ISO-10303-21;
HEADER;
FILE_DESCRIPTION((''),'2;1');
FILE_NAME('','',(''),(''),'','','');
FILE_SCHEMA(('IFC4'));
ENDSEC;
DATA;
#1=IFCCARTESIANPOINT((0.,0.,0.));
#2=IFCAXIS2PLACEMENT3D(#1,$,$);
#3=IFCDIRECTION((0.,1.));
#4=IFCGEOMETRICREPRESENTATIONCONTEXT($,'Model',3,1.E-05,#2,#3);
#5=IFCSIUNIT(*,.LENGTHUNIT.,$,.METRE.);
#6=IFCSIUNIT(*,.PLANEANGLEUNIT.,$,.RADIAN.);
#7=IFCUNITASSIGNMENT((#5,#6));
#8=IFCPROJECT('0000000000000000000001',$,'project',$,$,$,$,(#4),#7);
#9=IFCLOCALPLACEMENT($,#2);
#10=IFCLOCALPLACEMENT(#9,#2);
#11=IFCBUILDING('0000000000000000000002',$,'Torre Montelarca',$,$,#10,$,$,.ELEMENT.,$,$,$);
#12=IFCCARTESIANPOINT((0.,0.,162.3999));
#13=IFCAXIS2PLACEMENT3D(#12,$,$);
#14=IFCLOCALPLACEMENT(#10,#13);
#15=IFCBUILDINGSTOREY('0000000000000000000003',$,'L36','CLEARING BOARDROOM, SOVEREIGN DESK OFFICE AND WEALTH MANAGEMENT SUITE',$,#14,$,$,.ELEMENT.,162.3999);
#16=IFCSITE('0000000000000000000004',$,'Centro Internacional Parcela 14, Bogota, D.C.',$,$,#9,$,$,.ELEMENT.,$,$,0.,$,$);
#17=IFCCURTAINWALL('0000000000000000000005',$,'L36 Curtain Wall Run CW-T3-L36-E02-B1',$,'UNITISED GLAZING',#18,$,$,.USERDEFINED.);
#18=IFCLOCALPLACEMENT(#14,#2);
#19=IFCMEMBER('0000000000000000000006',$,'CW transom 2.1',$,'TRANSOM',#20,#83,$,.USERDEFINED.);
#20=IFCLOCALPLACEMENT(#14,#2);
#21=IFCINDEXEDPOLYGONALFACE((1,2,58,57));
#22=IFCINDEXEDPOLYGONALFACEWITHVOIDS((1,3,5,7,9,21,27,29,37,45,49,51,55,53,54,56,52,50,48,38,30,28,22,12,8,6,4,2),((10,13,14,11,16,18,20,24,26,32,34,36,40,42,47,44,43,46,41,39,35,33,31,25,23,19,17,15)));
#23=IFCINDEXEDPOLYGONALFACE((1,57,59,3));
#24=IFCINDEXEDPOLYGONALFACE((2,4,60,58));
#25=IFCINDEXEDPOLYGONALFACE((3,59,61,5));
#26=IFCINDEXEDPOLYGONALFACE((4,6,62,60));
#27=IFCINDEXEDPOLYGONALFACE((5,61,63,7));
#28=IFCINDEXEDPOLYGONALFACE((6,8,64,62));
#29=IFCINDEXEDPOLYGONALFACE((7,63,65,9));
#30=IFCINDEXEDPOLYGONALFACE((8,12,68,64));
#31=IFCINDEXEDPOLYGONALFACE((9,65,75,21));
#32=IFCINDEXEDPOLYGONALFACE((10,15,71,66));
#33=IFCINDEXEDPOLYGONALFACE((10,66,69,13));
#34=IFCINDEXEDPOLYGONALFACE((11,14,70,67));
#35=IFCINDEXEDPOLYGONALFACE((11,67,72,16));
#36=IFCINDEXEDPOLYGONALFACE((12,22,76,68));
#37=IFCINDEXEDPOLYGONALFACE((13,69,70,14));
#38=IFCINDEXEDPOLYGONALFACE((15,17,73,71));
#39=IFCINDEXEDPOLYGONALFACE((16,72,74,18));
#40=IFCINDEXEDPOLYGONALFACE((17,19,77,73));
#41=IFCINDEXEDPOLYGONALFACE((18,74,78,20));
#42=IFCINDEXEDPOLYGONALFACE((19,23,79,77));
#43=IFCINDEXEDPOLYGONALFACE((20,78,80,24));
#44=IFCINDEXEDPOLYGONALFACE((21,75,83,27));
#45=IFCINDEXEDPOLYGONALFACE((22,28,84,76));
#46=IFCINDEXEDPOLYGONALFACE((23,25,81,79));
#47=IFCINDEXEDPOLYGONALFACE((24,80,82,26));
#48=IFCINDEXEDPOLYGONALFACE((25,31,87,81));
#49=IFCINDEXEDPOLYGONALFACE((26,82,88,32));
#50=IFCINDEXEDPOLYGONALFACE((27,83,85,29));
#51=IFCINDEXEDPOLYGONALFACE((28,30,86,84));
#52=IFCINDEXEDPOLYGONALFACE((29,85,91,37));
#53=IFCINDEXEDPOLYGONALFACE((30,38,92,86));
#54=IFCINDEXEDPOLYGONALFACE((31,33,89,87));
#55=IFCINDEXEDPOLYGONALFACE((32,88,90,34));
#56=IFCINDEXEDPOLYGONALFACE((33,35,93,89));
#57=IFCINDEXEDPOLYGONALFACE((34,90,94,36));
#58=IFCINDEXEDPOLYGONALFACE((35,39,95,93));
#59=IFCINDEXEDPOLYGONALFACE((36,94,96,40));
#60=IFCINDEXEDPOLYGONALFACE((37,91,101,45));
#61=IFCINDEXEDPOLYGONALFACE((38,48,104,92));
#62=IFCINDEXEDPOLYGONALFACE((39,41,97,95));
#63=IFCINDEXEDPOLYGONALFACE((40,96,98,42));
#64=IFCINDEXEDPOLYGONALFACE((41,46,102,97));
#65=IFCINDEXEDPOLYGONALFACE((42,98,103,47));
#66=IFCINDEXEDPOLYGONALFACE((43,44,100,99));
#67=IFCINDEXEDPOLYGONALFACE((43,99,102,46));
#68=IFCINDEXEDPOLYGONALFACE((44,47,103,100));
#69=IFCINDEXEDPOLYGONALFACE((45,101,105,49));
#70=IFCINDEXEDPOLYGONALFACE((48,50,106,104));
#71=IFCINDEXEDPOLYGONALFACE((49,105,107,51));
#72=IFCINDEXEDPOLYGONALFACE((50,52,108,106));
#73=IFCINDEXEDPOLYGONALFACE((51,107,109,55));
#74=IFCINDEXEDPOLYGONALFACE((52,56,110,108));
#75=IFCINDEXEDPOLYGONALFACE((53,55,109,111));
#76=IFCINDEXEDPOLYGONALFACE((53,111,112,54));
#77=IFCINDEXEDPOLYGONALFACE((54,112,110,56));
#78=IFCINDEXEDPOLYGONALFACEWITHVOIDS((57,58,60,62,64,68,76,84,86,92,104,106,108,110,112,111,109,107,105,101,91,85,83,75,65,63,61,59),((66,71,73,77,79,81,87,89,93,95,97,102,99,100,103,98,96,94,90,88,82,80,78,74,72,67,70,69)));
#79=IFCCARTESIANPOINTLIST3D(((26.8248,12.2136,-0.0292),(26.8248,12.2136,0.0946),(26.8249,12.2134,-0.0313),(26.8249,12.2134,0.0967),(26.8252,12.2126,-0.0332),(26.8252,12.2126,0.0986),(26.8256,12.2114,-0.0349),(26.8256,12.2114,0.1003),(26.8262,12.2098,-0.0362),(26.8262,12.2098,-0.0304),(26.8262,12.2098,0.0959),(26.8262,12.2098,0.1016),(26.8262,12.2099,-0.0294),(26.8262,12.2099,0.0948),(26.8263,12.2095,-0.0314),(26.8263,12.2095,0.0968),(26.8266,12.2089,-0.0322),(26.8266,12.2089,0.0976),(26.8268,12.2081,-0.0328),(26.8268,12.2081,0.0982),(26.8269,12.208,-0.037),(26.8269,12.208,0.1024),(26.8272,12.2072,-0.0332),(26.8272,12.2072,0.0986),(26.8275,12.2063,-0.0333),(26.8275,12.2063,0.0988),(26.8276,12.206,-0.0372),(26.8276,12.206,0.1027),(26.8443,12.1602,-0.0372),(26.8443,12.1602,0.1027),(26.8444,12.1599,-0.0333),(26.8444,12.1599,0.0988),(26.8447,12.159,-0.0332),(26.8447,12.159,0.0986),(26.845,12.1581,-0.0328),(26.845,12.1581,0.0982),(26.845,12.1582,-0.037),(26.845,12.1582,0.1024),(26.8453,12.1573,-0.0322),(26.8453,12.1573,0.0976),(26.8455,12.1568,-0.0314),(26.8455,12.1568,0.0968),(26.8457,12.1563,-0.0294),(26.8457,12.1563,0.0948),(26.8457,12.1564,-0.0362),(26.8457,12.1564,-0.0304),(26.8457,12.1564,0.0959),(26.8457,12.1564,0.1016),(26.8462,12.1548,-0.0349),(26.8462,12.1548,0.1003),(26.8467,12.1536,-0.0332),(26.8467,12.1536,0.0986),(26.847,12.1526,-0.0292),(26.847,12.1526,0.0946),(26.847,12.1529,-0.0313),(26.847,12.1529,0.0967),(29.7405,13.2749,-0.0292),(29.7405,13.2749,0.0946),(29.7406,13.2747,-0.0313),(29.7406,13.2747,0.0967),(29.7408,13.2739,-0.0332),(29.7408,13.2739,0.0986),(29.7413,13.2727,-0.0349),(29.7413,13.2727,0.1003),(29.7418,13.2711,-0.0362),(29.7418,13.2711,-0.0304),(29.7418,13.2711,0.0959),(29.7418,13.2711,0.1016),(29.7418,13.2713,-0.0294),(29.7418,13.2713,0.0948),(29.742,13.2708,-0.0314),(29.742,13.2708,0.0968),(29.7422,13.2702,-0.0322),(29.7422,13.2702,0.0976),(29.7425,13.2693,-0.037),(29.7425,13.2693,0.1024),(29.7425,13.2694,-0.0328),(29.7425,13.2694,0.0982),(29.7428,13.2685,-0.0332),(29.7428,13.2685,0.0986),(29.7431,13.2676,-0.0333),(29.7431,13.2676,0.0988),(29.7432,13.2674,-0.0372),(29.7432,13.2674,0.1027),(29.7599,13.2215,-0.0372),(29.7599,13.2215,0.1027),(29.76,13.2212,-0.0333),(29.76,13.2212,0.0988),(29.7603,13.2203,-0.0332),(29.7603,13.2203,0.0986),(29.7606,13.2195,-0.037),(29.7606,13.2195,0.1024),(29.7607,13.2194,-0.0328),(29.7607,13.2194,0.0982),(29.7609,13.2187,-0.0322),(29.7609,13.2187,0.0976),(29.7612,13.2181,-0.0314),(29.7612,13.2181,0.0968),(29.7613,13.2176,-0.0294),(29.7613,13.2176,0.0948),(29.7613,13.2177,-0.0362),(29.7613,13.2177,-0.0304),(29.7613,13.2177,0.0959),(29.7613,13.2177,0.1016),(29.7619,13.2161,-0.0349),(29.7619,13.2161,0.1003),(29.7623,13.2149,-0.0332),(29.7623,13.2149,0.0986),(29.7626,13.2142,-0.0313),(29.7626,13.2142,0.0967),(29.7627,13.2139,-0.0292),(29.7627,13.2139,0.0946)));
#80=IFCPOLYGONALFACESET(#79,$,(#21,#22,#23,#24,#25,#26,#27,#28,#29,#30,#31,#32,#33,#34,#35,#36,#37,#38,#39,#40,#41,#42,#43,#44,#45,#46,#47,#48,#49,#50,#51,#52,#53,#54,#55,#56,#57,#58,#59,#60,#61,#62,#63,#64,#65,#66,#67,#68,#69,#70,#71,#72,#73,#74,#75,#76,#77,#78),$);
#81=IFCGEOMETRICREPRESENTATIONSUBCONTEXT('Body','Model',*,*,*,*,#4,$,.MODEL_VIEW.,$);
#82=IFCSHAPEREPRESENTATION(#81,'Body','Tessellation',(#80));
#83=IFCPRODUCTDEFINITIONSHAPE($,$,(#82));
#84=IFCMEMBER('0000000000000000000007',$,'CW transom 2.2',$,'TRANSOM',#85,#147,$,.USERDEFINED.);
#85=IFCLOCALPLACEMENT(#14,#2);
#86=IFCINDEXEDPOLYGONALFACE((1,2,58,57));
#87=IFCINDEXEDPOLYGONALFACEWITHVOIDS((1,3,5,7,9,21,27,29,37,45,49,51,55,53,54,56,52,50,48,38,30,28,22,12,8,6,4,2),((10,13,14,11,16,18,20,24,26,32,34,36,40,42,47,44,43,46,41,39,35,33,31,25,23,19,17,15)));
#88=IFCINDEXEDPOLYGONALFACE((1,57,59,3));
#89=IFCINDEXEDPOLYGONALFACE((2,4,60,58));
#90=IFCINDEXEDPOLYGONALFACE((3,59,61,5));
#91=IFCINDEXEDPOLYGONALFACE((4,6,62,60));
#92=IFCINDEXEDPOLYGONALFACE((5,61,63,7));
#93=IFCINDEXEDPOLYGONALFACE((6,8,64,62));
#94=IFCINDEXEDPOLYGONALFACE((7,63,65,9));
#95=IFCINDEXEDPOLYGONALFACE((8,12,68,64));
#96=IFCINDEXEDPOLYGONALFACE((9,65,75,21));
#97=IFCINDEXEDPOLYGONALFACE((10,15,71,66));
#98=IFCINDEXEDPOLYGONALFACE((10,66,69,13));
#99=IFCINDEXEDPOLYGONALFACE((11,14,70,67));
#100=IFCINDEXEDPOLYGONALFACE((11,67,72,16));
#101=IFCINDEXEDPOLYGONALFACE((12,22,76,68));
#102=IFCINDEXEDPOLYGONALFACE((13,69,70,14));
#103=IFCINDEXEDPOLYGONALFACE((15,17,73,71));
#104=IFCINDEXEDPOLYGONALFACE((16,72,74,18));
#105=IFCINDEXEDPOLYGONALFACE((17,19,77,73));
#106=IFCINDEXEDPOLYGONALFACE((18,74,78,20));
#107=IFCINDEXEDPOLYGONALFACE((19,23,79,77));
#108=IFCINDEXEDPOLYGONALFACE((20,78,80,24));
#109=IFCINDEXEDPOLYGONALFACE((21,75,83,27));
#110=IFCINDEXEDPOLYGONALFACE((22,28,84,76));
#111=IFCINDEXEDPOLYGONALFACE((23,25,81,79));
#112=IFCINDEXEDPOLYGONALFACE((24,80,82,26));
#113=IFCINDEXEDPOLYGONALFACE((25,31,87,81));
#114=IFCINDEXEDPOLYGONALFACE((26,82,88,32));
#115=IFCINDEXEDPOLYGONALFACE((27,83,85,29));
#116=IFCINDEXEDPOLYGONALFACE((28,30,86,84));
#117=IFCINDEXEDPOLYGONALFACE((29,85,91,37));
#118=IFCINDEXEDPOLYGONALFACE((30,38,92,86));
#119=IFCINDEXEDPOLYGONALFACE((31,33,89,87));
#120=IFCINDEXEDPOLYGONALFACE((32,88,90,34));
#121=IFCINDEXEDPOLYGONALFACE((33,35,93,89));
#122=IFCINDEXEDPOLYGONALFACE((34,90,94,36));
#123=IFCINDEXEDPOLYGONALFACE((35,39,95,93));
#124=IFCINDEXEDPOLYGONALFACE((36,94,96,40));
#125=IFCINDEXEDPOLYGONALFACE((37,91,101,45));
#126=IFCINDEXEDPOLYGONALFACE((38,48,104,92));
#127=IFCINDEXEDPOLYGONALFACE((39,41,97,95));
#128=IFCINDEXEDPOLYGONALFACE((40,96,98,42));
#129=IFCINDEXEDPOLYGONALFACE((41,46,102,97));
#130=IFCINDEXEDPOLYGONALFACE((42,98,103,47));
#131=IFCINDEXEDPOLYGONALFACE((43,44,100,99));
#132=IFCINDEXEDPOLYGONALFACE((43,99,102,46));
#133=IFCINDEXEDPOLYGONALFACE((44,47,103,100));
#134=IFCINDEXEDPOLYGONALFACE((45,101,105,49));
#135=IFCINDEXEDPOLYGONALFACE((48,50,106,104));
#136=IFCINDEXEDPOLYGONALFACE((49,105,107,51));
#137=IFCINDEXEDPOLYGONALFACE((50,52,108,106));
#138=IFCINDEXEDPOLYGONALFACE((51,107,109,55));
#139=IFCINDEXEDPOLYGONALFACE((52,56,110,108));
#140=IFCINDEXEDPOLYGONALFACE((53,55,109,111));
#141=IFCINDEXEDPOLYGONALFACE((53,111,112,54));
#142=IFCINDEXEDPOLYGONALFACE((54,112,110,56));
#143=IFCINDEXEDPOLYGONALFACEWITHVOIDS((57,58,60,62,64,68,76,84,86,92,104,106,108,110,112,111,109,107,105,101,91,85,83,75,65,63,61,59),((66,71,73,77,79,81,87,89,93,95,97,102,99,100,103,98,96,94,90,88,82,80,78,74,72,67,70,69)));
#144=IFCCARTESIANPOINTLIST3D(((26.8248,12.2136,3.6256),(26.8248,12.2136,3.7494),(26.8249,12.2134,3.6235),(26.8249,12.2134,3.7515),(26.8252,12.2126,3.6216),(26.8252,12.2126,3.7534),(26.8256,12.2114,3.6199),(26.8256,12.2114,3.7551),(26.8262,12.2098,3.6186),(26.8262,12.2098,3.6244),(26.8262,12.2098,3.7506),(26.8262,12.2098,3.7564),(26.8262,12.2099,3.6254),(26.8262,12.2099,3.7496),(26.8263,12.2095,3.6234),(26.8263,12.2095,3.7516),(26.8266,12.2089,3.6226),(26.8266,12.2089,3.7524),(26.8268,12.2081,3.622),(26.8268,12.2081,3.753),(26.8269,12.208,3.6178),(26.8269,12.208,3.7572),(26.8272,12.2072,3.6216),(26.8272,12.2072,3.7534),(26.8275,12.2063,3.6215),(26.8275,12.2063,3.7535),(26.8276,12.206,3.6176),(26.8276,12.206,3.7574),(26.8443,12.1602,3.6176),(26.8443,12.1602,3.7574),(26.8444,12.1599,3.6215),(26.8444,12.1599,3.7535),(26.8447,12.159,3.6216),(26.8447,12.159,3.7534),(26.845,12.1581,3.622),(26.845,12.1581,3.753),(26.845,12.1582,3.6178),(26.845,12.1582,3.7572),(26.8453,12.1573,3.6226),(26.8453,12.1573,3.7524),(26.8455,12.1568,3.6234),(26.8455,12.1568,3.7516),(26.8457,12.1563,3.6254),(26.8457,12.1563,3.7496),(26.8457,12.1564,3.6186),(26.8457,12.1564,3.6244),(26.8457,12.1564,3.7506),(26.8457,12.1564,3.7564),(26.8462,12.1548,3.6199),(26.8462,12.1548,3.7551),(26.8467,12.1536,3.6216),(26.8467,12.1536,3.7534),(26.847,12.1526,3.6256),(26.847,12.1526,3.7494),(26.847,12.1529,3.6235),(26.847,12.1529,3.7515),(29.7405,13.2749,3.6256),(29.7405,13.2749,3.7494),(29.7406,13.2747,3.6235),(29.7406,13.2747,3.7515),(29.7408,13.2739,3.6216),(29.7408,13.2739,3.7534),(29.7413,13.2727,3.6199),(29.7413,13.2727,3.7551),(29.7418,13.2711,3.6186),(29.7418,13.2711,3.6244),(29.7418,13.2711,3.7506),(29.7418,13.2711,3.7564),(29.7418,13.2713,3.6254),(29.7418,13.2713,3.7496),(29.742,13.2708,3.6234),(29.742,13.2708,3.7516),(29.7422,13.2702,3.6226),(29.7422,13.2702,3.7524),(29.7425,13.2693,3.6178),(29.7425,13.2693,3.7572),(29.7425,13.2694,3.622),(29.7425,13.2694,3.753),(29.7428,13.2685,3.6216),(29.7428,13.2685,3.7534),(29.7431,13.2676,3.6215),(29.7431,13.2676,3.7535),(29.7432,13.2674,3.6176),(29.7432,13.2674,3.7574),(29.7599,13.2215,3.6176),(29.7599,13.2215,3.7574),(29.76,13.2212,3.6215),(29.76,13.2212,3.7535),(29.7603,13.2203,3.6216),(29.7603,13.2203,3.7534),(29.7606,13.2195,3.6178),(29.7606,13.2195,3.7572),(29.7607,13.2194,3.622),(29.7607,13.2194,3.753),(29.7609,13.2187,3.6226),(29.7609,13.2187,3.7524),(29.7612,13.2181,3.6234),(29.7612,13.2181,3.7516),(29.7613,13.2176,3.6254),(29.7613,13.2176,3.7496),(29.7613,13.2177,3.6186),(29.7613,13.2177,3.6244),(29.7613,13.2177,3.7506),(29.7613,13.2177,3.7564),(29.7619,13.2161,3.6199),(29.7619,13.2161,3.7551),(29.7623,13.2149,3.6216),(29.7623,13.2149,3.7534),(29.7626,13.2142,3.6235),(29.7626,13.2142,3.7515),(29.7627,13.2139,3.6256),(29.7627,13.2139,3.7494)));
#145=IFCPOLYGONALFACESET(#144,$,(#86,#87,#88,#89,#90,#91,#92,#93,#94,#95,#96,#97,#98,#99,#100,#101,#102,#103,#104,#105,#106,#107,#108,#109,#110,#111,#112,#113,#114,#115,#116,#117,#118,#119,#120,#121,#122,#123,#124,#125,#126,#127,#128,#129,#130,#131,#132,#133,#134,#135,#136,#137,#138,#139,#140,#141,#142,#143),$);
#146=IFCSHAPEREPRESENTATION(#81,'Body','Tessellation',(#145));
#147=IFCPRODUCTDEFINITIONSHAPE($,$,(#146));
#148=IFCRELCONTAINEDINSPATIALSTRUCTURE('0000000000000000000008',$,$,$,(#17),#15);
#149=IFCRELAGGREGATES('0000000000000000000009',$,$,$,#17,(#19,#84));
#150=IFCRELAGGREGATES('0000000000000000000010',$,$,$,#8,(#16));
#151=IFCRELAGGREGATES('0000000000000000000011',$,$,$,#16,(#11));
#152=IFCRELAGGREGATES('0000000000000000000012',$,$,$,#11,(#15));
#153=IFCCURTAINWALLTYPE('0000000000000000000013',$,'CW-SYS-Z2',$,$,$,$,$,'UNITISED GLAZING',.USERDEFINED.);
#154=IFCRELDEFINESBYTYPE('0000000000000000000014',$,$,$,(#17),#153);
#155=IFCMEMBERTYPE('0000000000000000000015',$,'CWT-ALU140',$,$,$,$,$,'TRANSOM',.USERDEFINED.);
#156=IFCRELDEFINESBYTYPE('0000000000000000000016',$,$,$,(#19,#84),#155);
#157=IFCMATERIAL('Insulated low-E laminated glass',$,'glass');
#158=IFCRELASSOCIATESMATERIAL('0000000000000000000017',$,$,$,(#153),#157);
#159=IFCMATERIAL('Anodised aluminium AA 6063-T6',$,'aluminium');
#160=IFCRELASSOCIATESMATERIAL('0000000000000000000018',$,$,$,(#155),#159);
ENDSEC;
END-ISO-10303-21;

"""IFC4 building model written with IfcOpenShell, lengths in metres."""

from ifc_helpers import new_model, si_unit, direction, frame, origin, origin_2d, place, context, subcontext, project, spatial, hollow_rectangle, extrude, source, transform, mapped, material, material_profile, profile_set, type_object, element, aggregate, save


model = new_model("IFC4")

# Units and contexts
model_context = context("Model", 3, precision=1e-05, world=origin(), true_north=direction((0.0, 1.0)))
body_context = subcontext(model_context, "Body", "Model", "MODEL_VIEW")
ifc_project = project(units=[si_unit("LENGTHUNIT", "METRE"), si_unit("PLANEANGLEUNIT", "RADIAN")], contexts=[model_context])

# Site, building, storey
site_placement = place(None, origin())
site = spatial("IfcSite", under=ifc_project, at=site_placement, Name="Centro Internacional Parcela 14, Bogota, D.C.", CompositionType="ELEMENT", RefElevation=0.0)
building_placement = place(site_placement, origin())
building = spatial("IfcBuilding", under=site, at=building_placement, Name="Torre Montelarca", CompositionType="ELEMENT")
storey_placement = place(building_placement, frame((0.0, 0.0, 162.3999)))
storey = spatial("IfcBuildingStorey", under=building, at=storey_placement, Name="L36", Description="CLEARING BOARDROOM, SOVEREIGN DESK OFFICE AND WEALTH MANAGEMENT SUITE", CompositionType="ELEMENT", Elevation=162.3999)

# Curtain wall, members
ifc_material_1 = material(Name="Insulated low-E laminated glass", Category="glass")
curtain_wall_type = type_object("IfcCurtainWallType", Name="CW-SYS-Z2", ElementType="UNITISED GLAZING", PredefinedType="USERDEFINED", material=ifc_material_1)
curtain_wall_1_placement = place(storey_placement, origin())
curtain_wall_1 = element("IfcCurtainWall", 1, at=curtain_wall_1_placement, inside=storey, type_object=curtain_wall_type, Name="L36 Curtain Wall Run CW-T3-L36-E02-B1", ObjectType="UNITISED GLAZING", PredefinedType="USERDEFINED")
ifc_material_2 = material(Name="Anodised aluminium AA 6063-T6", Category="aluminium")
ifc_material_profile_1 = material_profile(ifc_material_2, hollow_rectangle(XDim=0.0649, YDim=0.1399, WallThickness=0.0039, InnerFilletRadius=0.0039, OuterFilletRadius=0.0081, at=origin_2d()), Name="ALU65X140X4", Category="aluminium")
ifc_profile_set_1 = profile_set([ifc_material_profile_1], Name="Anodised aluminium AA 6063-T6")
member_type_1 = type_object("IfcMemberType", Name="CWT-ALU140", ElementType="TRANSOM", PredefinedType="USERDEFINED", material=ifc_profile_set_1)
shared_shape_1 = source(origin(), body_context, "Body", "SweptSolid", [
    extrude(hollow_rectangle(XDim=0.0649, YDim=0.1399, WallThickness=0.0039, InnerFilletRadius=0.0039, OuterFilletRadius=0.0081, at=origin_2d()), origin(), (0.0, 0.0, 1.0), 3.1028),
])
member_1_placement = place(storey_placement, frame((26.8359, 12.1831, 0.0327), z_axis=(0.939681, 0.342053, 0.0), x_axis=(-0.342053, 0.939681, 0.0)))
member_1 = element("IfcMember", 2, at=member_1_placement, type_object=member_type_1, Name="CW transom 2.1", ObjectType="TRANSOM", PredefinedType="USERDEFINED", context=body_context, shape_type="MappedRepresentation", body=[
    mapped(shared_shape_1, transform((0.0, 0.0, 0.0), scale=1.0)),
])
member_2_placement = place(storey_placement, frame((26.8359, 12.1831, 3.6875), z_axis=(0.939681, 0.342053, 0.0), x_axis=(-0.342053, 0.939681, 0.0)))
member_2 = element("IfcMember", 3, at=member_2_placement, type_object=member_type_1, Name="CW transom 2.2", ObjectType="TRANSOM", PredefinedType="USERDEFINED", context=body_context, shape_type="MappedRepresentation", body=[
    mapped(shared_shape_1, transform((0.0, 0.0, 0.0), scale=1.0)),
])

aggregate(curtain_wall_1, [member_1, member_2])

save(model, "model.ifc")
